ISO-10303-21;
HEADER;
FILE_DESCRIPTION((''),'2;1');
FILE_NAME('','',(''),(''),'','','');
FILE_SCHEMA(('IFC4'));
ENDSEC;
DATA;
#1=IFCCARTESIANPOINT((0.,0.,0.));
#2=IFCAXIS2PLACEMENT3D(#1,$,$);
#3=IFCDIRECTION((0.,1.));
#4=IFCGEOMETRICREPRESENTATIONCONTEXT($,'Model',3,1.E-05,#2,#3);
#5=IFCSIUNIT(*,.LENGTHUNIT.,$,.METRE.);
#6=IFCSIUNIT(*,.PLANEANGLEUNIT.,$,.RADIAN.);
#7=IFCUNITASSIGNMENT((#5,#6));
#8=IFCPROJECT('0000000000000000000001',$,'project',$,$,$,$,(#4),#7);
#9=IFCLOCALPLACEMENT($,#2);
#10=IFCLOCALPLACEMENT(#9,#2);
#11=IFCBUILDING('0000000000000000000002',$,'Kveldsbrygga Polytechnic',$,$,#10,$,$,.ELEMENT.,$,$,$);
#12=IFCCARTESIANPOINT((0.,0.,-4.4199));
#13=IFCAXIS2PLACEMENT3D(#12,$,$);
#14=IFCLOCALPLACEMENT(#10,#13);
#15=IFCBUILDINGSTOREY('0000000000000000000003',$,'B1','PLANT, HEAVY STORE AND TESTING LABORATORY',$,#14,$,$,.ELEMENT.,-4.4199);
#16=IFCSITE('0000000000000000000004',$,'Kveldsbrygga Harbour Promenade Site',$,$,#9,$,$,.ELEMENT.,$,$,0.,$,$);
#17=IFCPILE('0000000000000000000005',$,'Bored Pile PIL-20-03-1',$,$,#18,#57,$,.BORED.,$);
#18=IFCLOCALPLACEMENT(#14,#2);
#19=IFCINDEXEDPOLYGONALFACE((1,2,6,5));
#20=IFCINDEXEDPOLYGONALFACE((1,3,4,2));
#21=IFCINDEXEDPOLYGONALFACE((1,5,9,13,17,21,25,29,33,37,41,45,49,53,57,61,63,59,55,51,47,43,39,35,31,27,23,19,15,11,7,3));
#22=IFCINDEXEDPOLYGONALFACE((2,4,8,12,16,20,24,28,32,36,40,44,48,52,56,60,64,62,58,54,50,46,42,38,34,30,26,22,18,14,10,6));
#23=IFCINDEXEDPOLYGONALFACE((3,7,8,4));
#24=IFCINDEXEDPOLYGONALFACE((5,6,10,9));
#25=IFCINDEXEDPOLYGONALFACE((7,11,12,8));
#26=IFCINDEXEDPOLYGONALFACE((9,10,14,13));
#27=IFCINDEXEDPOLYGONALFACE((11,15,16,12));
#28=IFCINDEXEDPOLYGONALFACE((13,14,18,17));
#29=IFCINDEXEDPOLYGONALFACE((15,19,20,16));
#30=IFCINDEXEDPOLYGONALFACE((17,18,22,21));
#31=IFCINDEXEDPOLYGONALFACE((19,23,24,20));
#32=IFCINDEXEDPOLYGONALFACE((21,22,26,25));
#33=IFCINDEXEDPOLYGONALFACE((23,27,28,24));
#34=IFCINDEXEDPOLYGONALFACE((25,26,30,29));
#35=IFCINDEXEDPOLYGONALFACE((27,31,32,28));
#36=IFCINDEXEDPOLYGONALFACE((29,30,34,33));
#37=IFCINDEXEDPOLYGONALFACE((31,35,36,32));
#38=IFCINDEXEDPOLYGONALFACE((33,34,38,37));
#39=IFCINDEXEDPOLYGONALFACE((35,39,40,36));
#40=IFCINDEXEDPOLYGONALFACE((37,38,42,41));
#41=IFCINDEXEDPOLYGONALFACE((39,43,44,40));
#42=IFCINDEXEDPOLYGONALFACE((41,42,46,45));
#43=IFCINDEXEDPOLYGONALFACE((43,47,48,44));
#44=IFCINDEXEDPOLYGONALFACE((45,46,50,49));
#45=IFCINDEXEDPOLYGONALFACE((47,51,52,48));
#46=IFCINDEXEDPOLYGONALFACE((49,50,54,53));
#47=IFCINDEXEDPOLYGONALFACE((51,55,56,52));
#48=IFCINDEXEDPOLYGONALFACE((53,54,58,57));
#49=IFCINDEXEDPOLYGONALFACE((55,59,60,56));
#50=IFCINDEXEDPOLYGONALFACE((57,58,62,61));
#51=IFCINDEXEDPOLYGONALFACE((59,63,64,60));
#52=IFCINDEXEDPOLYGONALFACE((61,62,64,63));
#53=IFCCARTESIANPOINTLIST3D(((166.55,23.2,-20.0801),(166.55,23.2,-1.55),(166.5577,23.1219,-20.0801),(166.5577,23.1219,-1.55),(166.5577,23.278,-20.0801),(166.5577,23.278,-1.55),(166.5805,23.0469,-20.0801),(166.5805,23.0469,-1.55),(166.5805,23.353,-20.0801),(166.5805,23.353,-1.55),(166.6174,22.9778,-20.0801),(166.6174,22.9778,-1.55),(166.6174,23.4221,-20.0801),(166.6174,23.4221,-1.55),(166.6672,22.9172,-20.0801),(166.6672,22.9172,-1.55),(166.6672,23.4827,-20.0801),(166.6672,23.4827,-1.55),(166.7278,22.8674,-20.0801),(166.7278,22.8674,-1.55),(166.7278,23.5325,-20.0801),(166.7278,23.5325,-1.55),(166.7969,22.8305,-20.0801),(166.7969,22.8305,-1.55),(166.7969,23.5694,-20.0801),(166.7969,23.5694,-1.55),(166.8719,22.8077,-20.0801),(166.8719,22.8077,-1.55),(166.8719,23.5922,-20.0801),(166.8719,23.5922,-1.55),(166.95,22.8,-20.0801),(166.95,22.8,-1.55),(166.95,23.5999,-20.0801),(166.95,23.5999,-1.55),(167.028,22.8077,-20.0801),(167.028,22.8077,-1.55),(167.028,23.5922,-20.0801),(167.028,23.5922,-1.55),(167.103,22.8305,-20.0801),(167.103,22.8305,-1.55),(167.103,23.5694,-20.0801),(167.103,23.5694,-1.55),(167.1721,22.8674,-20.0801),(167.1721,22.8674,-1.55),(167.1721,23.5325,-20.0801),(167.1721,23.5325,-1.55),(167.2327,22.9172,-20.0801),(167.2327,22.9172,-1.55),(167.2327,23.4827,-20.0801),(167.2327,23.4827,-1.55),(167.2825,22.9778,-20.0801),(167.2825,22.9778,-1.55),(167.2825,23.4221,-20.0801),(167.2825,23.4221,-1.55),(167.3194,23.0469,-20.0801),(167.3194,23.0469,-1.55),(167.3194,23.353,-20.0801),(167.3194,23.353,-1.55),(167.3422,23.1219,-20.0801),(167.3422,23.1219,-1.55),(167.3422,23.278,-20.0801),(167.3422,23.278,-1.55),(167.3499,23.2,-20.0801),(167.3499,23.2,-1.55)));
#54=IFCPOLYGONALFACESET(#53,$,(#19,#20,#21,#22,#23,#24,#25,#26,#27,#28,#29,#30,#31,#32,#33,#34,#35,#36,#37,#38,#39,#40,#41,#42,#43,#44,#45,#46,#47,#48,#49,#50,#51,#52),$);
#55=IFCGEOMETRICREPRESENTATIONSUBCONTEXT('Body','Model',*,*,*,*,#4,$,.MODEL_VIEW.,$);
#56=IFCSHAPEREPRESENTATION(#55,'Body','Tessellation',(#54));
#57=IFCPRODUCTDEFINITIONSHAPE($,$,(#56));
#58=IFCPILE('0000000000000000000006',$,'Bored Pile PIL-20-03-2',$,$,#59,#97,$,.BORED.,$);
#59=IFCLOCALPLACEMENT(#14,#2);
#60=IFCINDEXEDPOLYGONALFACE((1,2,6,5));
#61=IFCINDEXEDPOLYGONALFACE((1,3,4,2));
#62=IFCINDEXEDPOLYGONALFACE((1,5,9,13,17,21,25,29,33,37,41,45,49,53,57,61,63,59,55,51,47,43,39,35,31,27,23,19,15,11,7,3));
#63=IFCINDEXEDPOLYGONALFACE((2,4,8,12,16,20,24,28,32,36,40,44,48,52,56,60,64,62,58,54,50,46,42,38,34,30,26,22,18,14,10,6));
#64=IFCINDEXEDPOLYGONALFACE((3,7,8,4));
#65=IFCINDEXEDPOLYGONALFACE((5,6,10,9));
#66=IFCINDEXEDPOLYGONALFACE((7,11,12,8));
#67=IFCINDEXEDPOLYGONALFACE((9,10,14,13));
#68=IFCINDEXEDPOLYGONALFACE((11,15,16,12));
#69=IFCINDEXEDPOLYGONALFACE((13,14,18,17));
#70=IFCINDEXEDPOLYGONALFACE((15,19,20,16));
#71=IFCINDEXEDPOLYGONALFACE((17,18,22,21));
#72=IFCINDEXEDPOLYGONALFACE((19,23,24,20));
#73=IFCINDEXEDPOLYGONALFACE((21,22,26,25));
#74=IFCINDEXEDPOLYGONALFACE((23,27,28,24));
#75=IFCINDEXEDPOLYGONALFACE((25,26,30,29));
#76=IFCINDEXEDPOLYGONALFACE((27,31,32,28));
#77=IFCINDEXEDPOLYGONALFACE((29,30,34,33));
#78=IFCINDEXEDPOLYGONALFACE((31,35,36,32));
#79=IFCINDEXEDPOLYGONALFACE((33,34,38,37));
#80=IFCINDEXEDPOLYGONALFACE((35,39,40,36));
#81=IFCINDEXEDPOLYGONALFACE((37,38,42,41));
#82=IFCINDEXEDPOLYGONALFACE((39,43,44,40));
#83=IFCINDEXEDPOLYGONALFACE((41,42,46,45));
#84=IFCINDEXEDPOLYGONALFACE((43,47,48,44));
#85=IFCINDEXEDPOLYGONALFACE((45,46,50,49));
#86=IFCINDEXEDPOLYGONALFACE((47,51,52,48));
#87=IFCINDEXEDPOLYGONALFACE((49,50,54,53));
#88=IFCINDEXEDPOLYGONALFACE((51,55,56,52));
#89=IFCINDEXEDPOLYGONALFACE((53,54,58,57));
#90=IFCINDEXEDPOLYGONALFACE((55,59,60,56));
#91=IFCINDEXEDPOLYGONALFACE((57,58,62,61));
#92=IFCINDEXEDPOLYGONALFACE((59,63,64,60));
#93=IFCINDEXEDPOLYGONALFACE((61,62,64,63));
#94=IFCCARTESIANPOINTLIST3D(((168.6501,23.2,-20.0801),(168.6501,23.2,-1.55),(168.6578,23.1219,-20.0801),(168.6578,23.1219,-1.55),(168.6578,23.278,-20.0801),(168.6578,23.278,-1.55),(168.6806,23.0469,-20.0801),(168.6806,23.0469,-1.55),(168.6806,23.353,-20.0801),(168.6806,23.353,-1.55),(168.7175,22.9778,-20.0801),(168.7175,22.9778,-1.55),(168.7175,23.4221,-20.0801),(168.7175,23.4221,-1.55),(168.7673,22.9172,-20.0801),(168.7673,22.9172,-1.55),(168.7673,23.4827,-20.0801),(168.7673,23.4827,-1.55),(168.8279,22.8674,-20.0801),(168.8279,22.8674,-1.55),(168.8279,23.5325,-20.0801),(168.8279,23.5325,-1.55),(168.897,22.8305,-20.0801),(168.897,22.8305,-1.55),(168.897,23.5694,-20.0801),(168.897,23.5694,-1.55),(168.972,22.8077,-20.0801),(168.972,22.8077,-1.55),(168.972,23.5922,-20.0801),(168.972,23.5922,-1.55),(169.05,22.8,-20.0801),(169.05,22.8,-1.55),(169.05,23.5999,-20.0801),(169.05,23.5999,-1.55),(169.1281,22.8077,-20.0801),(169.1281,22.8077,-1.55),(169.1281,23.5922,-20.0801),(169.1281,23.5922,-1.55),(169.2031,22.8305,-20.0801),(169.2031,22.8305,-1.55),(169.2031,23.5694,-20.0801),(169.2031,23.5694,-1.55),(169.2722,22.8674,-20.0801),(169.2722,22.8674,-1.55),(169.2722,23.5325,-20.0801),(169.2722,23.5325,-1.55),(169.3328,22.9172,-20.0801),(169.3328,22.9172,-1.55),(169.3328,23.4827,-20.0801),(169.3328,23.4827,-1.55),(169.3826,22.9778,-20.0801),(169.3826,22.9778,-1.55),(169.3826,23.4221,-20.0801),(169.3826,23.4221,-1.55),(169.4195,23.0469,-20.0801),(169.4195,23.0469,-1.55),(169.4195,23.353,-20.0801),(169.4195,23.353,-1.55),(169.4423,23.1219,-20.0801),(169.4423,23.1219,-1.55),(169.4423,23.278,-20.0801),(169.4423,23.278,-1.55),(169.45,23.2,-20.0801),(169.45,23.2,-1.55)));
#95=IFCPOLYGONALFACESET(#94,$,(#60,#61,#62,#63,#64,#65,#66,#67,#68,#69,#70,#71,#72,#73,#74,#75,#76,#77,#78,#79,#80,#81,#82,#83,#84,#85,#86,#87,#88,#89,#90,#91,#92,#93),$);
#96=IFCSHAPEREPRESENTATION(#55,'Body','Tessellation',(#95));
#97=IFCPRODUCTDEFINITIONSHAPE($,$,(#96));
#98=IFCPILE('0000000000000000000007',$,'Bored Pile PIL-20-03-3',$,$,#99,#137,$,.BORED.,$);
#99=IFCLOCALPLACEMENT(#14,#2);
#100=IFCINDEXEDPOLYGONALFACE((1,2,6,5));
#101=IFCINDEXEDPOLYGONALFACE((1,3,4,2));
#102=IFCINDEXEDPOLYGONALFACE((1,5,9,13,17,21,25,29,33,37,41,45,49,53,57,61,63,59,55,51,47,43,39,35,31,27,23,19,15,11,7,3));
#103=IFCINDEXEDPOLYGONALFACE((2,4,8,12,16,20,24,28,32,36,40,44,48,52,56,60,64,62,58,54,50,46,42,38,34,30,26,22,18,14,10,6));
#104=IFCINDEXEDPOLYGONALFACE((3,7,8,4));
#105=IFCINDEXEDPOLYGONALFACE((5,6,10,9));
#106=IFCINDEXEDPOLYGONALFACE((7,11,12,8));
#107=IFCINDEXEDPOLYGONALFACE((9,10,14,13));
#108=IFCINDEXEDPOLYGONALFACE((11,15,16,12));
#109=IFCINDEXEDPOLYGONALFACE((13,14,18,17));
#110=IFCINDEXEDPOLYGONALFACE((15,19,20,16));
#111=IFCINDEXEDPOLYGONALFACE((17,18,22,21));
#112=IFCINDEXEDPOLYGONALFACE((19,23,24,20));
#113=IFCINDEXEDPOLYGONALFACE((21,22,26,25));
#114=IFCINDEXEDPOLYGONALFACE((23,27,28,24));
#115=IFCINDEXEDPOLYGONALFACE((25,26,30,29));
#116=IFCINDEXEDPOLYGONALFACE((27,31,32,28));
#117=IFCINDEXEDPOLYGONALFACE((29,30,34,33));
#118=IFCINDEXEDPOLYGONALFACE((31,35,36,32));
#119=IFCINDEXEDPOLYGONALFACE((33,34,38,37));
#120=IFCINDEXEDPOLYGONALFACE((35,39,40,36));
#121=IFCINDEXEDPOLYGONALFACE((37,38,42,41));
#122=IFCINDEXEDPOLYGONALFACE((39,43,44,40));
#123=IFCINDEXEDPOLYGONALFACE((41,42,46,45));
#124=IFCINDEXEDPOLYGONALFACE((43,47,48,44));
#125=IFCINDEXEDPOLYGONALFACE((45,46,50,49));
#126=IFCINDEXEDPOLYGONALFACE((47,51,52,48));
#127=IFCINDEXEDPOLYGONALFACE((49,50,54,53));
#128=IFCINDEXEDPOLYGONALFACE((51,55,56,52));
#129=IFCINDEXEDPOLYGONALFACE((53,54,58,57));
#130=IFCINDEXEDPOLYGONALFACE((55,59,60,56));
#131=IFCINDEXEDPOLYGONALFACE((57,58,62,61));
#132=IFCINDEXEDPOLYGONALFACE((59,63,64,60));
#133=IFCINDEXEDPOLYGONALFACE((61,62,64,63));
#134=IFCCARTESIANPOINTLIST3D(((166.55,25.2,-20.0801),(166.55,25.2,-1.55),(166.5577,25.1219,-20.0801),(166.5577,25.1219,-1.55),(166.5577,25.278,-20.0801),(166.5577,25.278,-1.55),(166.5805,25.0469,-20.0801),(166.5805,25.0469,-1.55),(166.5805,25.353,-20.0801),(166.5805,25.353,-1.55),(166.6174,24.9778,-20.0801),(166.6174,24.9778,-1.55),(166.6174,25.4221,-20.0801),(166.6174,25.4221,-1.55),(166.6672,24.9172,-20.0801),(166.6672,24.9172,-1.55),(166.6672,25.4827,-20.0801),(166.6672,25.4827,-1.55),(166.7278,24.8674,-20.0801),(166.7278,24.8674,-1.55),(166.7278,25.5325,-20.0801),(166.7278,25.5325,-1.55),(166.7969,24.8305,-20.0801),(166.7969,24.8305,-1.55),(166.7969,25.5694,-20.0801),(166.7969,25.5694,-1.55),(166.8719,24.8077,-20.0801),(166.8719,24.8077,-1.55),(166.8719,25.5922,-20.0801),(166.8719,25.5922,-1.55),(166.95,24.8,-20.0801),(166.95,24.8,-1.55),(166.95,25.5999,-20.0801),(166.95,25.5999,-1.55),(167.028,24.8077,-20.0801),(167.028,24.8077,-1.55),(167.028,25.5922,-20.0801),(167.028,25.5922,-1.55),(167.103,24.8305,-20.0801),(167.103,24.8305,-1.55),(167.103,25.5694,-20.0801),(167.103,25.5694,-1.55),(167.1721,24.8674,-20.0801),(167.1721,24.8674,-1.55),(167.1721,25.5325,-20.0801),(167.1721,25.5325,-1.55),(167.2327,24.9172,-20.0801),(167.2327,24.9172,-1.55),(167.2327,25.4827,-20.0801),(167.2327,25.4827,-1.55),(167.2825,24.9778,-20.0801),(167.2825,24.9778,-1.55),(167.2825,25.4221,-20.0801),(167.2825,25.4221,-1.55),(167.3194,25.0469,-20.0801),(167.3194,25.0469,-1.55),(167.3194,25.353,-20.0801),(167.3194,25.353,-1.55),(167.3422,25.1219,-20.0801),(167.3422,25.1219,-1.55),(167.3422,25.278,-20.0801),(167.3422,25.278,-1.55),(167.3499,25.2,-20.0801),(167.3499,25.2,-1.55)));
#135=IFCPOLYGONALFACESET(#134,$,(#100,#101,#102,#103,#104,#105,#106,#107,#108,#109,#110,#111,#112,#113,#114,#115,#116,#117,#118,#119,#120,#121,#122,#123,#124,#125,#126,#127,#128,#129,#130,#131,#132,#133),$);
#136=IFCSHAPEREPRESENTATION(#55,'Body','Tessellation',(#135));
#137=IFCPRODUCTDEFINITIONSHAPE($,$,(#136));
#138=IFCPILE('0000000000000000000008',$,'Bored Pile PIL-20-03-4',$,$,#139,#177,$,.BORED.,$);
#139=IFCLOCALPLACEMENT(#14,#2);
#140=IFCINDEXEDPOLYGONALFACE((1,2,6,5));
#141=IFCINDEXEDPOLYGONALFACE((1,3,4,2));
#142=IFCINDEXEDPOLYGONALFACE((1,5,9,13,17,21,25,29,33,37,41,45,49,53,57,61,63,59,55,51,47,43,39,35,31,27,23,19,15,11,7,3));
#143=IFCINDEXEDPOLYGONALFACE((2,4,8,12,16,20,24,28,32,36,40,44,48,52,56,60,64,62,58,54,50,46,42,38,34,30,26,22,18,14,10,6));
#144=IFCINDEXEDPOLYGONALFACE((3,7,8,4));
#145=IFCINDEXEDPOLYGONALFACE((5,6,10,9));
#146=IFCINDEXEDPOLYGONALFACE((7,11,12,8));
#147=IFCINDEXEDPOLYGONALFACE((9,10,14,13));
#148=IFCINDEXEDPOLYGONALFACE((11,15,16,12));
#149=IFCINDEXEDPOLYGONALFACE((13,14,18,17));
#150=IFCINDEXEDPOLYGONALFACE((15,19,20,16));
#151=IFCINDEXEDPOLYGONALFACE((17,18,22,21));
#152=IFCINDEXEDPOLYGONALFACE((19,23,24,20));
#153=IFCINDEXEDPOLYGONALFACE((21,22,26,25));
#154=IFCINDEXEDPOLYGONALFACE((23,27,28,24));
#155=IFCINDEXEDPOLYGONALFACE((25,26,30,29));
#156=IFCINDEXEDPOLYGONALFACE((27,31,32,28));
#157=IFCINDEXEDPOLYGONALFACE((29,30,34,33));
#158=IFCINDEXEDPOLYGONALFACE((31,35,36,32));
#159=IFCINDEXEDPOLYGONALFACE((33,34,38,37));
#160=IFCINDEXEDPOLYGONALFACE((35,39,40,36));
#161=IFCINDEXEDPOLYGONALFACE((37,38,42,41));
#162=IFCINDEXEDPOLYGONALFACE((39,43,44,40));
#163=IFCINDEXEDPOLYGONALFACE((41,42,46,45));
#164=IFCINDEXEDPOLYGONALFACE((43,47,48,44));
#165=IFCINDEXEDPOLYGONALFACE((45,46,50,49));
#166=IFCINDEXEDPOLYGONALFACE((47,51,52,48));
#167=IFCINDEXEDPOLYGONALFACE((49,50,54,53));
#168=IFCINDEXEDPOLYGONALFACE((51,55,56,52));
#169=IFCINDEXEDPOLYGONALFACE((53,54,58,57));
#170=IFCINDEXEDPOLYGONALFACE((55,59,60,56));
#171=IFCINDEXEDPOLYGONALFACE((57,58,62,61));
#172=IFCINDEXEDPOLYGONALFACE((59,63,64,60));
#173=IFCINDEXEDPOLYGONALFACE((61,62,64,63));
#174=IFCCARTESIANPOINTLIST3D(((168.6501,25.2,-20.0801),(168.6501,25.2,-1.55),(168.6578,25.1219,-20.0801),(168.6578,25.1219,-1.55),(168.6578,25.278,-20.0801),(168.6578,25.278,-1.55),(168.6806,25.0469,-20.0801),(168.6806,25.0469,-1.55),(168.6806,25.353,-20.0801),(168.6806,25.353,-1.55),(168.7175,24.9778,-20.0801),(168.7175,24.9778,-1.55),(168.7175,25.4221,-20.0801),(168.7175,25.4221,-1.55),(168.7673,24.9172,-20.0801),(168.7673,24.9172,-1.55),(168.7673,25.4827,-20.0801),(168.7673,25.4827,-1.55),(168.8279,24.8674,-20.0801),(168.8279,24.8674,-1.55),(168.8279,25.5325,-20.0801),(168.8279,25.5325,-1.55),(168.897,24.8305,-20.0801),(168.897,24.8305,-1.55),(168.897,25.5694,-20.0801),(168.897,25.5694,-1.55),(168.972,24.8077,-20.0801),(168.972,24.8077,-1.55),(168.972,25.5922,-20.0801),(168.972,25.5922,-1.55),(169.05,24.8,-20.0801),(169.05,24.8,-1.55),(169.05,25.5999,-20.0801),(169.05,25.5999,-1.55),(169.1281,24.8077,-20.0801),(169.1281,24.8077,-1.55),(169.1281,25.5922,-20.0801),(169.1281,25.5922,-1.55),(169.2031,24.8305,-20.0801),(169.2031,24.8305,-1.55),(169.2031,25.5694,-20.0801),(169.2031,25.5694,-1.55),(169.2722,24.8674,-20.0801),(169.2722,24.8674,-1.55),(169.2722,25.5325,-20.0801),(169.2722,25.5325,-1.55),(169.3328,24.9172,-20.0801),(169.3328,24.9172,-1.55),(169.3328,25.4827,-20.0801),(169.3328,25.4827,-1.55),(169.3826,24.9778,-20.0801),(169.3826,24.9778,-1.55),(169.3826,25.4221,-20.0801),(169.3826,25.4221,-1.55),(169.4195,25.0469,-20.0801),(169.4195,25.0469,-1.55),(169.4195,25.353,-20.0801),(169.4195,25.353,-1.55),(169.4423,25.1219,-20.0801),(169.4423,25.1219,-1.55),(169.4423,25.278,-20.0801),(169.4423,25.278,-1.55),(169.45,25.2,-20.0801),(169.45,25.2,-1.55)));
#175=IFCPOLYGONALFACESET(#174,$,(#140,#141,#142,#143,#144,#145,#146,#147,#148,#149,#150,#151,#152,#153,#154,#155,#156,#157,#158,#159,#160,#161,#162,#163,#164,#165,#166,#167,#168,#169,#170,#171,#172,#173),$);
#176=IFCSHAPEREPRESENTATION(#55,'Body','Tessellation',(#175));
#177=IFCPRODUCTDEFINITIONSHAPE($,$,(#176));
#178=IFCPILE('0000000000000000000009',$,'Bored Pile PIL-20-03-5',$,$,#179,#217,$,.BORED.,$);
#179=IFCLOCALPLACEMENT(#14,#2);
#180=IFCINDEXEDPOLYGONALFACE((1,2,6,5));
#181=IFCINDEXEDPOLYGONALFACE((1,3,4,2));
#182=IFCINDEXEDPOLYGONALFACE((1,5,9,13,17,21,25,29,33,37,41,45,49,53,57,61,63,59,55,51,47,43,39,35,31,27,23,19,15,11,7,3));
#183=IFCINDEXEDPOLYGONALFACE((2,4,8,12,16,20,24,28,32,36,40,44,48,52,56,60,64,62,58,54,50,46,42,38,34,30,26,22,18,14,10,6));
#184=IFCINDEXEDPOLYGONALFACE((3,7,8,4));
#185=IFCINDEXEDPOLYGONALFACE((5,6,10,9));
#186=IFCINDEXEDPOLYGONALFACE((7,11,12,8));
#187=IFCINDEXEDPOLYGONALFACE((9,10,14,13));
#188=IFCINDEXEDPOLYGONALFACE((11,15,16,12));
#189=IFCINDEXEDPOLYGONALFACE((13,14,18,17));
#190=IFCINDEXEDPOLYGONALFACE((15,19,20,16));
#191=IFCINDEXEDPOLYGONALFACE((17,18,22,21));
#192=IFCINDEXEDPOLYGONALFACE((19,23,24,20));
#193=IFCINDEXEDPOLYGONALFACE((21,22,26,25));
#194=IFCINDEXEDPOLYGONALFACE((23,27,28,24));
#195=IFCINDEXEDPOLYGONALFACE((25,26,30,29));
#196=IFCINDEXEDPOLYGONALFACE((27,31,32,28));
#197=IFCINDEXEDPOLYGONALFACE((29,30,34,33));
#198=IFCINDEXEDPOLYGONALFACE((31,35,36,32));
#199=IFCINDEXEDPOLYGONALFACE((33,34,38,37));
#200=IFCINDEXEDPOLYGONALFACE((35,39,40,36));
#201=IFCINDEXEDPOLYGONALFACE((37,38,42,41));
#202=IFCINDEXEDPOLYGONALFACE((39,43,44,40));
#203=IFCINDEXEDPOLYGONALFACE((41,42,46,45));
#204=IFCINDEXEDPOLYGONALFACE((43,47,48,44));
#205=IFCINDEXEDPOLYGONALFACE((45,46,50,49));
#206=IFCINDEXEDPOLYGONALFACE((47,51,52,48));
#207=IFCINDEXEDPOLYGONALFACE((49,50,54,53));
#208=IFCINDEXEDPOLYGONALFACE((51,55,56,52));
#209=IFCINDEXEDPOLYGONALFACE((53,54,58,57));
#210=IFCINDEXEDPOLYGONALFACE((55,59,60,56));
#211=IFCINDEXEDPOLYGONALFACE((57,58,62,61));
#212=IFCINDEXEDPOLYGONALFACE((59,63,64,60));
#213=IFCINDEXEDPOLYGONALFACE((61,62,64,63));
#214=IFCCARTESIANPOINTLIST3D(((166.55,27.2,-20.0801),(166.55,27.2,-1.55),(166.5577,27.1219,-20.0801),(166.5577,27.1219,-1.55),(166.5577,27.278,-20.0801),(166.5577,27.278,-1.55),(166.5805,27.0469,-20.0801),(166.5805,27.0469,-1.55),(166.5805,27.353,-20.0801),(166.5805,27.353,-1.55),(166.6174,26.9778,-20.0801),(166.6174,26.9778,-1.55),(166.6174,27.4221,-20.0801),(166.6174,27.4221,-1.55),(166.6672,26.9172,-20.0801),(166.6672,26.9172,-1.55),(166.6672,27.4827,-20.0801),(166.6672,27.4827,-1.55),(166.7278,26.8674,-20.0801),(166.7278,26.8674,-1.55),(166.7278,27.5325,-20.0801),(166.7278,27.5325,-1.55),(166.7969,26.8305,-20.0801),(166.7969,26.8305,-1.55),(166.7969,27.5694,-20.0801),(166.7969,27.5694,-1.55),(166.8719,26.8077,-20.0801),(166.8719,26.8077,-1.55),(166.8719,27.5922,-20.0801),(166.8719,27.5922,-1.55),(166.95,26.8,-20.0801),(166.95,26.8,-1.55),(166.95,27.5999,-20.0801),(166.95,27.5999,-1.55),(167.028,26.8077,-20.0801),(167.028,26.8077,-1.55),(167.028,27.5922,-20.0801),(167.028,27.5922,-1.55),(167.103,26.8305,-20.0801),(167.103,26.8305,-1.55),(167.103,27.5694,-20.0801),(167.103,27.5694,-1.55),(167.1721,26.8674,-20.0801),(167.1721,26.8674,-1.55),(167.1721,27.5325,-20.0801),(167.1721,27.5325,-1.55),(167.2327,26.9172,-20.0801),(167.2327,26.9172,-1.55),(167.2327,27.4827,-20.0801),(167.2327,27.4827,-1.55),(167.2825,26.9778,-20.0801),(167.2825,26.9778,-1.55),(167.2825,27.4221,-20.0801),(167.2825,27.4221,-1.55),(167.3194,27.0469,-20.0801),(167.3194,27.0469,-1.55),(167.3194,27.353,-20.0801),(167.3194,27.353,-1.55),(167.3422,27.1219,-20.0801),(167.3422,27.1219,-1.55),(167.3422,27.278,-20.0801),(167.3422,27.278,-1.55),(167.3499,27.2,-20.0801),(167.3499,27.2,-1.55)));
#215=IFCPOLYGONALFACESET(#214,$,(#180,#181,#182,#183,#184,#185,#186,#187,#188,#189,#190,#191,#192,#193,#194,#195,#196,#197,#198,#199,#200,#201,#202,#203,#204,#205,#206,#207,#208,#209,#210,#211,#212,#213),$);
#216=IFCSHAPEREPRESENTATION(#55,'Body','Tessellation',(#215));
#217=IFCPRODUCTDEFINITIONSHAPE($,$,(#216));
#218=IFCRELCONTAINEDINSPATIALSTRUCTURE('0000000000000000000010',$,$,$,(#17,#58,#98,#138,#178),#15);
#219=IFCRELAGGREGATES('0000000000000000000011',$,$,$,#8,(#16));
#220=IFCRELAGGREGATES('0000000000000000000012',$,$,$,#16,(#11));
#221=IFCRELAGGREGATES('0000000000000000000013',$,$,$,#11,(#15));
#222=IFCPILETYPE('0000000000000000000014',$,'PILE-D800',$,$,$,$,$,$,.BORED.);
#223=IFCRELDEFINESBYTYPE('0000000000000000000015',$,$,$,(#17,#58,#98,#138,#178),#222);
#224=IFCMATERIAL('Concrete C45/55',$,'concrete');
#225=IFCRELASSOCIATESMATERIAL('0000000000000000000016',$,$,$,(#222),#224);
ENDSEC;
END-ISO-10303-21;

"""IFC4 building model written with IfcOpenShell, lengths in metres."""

from ifc_helpers import new_model, si_unit, direction, frame, origin, origin_2d, place, context, subcontext, project, spatial, circle, extrude, material, material_profile, profile_set, type_object, element, save


model = new_model("IFC4")

# Units and contexts
model_context = context("Model", 3, precision=1e-05, world=origin(), true_north=direction((0.0, 1.0)))
body_context = subcontext(model_context, "Body", "Model", "MODEL_VIEW")
ifc_project = project(units=[si_unit("LENGTHUNIT", "METRE"), si_unit("PLANEANGLEUNIT", "RADIAN")], contexts=[model_context])

# Site, building, storey
site_placement = place(None, origin())
site = spatial("IfcSite", under=ifc_project, at=site_placement, Name="Kveldsbrygga Harbour Promenade Site", CompositionType="ELEMENT", RefElevation=0.0)
building_placement = place(site_placement, origin())
building = spatial("IfcBuilding", under=site, at=building_placement, Name="Kveldsbrygga Polytechnic", CompositionType="ELEMENT")
storey_placement = place(building_placement, frame((0.0, 0.0, -4.4199)))
storey = spatial("IfcBuildingStorey", under=building, at=storey_placement, Name="B1", Description="PLANT, HEAVY STORE AND TESTING LABORATORY", CompositionType="ELEMENT", Elevation=-4.4199)

# Shared definitions
ifc_material_1 = material(Name="Concrete C45/55", Category="concrete")

# Piles
ifc_material_profile_1 = material_profile(ifc_material_1, circle(Radius=0.3999, at=origin_2d()), Name="PILE D800")
ifc_profile_set_1 = profile_set([ifc_material_profile_1], Name="Concrete C45/55")
pile_type = type_object("IfcPileType", Name="PILE-D800", PredefinedType="BORED", material=ifc_profile_set_1)
for number, where, z_axis, x_axis, name in (
    (1, (166.95, 23.2, -1.55), (0.0, 0.0, -1.0), (1.0, 0.0, 0.0), "Bored Pile PIL-20-03-1"),
    (2, (169.05, 23.2, -1.55), (0.0, 0.0, -1.0), (1.0, 0.0, 0.0), "Bored Pile PIL-20-03-2"),
    (3, (166.95, 25.2, -1.55), (0.0, 0.0, -1.0), (1.0, 0.0, 0.0), "Bored Pile PIL-20-03-3"),
    (4, (169.05, 25.2, -1.55), (0.0, 0.0, -1.0), (1.0, 0.0, 0.0), "Bored Pile PIL-20-03-4"),
    (5, (166.95, 27.2, -1.55), (0.0, 0.0, -1.0), (1.0, 0.0, 0.0), "Bored Pile PIL-20-03-5"),
):
    element("IfcPile", number, at=place(storey_placement, frame(where, z_axis=z_axis, x_axis=x_axis)), inside=storey, type_object=pile_type, Name=name, PredefinedType="BORED", context=body_context, shape_type="SweptSolid", body=[
        extrude(circle(Radius=0.3999, at=origin_2d()), origin(), (0.0, 0.0, 1.0), 18.53),
    ])

save(model, "model.ifc")
